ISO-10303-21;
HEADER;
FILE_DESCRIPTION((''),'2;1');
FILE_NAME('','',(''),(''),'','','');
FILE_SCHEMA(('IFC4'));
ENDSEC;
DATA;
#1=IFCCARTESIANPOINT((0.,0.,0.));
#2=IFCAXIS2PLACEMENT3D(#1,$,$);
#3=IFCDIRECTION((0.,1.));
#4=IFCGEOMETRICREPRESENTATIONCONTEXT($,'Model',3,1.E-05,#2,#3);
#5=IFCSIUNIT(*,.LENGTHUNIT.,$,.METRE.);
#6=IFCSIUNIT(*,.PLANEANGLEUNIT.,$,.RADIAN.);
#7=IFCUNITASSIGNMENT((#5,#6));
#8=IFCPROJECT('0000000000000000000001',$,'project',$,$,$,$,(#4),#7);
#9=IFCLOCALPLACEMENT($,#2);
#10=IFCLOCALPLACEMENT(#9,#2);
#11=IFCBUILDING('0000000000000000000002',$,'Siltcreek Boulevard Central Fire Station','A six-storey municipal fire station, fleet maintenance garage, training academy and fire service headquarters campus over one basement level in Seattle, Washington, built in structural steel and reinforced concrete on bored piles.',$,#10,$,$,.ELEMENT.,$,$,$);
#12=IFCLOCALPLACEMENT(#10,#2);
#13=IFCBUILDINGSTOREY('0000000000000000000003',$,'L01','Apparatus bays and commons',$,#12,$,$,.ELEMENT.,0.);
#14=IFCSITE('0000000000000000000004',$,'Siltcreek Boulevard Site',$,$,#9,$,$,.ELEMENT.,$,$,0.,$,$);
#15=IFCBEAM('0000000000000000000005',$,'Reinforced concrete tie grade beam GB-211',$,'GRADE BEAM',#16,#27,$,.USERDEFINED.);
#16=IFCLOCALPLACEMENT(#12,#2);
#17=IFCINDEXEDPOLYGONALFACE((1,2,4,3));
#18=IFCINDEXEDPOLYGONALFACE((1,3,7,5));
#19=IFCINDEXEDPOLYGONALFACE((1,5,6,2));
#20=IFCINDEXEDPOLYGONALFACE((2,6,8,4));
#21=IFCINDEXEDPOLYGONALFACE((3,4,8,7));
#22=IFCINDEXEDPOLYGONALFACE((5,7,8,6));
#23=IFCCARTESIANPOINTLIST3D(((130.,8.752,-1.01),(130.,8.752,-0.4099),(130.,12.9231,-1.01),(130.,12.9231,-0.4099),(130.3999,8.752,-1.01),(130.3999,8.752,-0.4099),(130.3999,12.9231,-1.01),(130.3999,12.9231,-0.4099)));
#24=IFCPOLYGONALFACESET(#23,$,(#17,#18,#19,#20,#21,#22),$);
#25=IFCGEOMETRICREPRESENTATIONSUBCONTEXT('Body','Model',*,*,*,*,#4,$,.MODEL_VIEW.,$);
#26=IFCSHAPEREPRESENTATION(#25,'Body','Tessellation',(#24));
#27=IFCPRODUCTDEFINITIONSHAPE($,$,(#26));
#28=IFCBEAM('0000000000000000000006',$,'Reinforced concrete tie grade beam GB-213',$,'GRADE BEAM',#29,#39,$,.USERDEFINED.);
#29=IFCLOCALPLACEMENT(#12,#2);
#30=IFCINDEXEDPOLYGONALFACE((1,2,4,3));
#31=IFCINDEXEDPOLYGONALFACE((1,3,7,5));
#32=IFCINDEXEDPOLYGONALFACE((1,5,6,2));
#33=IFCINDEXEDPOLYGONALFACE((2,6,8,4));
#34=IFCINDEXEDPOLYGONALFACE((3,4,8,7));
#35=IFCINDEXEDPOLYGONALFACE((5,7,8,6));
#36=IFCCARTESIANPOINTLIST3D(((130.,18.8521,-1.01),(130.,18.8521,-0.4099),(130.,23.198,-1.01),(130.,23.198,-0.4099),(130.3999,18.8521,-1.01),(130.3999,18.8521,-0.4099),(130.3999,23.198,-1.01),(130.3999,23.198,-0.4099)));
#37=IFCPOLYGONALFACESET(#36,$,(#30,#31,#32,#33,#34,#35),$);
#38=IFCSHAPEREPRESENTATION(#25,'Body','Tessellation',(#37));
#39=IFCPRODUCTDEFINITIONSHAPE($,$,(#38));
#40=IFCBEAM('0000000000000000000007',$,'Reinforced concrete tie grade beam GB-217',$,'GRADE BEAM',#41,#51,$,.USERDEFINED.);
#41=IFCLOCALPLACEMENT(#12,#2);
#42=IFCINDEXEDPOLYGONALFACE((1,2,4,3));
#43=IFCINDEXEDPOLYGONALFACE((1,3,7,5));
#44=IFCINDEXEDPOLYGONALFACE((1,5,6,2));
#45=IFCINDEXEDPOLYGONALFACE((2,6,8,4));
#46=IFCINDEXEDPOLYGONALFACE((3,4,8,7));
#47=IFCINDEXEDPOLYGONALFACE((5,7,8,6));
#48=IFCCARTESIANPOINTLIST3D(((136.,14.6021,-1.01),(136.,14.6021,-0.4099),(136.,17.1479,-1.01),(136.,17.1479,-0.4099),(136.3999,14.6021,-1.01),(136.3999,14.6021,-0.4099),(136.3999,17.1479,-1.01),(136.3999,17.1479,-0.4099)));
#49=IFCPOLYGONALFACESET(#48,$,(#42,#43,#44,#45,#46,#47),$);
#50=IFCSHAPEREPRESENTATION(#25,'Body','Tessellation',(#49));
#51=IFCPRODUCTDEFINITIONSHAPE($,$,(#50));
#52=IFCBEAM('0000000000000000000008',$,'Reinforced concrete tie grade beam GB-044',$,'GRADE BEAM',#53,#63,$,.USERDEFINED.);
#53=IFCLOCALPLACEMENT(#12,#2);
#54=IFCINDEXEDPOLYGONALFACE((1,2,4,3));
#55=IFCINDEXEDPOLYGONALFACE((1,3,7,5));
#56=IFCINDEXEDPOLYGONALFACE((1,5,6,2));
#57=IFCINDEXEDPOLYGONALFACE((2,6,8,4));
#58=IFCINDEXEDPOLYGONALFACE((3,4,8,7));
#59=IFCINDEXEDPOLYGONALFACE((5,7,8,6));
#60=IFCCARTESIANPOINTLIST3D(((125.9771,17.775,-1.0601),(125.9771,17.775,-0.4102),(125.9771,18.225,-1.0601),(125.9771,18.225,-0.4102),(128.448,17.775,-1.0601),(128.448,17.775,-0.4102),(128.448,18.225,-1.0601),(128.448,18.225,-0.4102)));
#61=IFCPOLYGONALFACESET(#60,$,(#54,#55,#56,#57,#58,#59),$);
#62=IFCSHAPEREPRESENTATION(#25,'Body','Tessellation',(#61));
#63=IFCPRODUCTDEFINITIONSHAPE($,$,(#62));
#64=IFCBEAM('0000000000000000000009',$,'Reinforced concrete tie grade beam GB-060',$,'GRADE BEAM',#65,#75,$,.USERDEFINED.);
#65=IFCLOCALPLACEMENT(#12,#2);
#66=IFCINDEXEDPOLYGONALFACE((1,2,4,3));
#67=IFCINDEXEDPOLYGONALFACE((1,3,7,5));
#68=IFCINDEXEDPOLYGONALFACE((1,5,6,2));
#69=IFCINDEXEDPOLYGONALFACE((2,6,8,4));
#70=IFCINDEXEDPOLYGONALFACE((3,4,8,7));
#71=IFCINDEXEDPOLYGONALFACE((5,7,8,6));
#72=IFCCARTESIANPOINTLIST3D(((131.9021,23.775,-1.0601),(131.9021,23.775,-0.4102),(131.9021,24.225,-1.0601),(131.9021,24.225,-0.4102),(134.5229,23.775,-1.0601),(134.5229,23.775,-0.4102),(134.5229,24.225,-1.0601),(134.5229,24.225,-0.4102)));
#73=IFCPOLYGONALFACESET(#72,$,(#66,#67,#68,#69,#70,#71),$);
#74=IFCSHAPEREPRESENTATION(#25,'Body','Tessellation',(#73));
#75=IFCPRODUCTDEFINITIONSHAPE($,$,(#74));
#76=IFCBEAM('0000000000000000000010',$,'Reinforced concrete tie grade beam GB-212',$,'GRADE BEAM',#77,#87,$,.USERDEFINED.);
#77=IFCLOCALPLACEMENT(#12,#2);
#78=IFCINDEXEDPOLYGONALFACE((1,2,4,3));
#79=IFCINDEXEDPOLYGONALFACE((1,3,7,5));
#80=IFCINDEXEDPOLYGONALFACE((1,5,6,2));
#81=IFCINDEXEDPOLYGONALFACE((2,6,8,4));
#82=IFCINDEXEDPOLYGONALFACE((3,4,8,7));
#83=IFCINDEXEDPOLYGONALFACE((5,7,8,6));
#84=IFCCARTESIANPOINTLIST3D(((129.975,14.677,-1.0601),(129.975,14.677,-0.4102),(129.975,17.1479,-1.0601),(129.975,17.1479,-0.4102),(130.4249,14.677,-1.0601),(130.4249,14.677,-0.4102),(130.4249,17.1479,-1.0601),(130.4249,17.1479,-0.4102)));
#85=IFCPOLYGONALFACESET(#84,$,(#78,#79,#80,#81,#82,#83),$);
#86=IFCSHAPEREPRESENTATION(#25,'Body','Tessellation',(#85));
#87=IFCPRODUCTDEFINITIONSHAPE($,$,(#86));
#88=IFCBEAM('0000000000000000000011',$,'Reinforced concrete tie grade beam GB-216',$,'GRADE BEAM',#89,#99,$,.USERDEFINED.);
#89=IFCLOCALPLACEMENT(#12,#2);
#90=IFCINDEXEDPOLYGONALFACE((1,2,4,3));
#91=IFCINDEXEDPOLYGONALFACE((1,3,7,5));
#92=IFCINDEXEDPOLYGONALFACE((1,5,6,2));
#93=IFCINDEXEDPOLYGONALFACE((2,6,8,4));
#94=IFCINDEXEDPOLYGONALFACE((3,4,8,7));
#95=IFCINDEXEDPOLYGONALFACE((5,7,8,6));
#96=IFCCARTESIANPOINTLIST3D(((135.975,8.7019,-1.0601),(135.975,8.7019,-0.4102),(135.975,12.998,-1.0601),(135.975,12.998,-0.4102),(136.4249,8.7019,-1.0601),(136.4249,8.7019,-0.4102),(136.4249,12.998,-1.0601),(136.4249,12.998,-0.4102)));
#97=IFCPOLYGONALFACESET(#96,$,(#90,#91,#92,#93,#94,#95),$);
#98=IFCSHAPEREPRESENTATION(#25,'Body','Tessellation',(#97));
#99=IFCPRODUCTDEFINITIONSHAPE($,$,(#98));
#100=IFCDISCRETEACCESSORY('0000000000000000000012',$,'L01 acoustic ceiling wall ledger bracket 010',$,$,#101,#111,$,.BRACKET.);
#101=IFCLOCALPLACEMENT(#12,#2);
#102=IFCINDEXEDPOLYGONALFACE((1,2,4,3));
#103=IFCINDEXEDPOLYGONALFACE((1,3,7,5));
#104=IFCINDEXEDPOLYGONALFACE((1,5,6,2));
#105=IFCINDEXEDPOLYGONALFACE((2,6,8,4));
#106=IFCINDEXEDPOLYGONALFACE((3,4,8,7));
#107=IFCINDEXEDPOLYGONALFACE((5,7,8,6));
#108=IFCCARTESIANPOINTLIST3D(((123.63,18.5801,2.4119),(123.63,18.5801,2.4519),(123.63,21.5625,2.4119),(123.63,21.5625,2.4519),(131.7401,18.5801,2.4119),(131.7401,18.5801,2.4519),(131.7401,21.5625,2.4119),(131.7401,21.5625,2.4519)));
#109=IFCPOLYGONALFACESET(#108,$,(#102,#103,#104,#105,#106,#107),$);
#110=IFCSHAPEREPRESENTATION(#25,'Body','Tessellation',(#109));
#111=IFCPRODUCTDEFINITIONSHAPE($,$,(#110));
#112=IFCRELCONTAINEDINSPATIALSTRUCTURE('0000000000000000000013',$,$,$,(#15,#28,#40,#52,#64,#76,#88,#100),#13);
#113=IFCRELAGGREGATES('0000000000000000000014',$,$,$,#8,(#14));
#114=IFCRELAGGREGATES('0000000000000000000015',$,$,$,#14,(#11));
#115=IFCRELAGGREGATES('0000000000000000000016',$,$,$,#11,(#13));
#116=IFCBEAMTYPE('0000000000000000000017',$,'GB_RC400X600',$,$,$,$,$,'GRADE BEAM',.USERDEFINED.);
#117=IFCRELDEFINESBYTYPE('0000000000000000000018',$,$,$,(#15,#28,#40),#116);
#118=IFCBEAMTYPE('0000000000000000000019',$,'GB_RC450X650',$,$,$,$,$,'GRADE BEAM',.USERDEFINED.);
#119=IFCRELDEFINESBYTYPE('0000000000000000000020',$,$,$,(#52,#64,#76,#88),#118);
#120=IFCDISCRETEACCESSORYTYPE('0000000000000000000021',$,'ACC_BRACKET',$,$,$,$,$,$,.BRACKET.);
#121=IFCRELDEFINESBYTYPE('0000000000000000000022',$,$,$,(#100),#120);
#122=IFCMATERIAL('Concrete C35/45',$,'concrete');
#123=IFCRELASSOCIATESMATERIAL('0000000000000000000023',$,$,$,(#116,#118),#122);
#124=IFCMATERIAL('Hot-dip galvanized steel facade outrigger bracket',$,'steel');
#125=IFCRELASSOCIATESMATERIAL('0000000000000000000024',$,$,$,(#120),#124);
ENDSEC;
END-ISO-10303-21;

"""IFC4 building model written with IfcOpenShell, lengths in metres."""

from ifc_helpers import new_model, si_unit, direction, frame, origin, origin_2d, place, context, subcontext, project, spatial, rectangle, extrude, material, material_profile, profile_set, type_object, element, save


model = new_model("IFC4")

# Units and contexts
model_context = context("Model", 3, precision=1e-05, world=origin(), true_north=direction((0.0, 1.0)))
body_context = subcontext(model_context, "Body", "Model", "MODEL_VIEW")
ifc_project = project(units=[si_unit("LENGTHUNIT", "METRE"), si_unit("PLANEANGLEUNIT", "RADIAN")], contexts=[model_context])

# Site, building, storey
site_placement = place(None, origin())
site = spatial("IfcSite", under=ifc_project, at=site_placement, Name="Siltcreek Boulevard Site", CompositionType="ELEMENT", RefElevation=0.0)
building_placement = place(site_placement, origin())
building = spatial("IfcBuilding", under=site, at=building_placement, Name="Siltcreek Boulevard Central Fire Station", Description="A six-storey municipal fire station, fleet maintenance garage, training academy and fire service headquarters campus over one basement level in Seattle, Washington, built in structural steel and reinforced concrete on bored piles.", CompositionType="ELEMENT")
storey_placement = place(building_placement, origin())
storey = spatial("IfcBuildingStorey", under=building, at=storey_placement, Name="L01", Description="Apparatus bays and commons", CompositionType="ELEMENT", Elevation=0.0)

# Shared definitions
ifc_material_1 = material(Name="Concrete C35/45", Category="concrete")

# Beams
ifc_material_profile_1 = material_profile(ifc_material_1, rectangle(XDim=0.3999, YDim=0.6001, at=origin_2d()), Name="RC400X600")
ifc_profile_set_1 = profile_set([ifc_material_profile_1], Name="Concrete C35/45")
beam_type_1 = type_object("IfcBeamType", Name="GB_RC400X600", ElementType="GRADE BEAM", PredefinedType="USERDEFINED", material=ifc_profile_set_1)
beam_1_placement = place(storey_placement, frame((130.2, 8.752, -0.71), z_axis=(0.0, 1.0, 0.0), x_axis=(-1.0, 0.0, 0.0)))
element("IfcBeam", 1, at=beam_1_placement, inside=storey, type_object=beam_type_1, Name="Reinforced concrete tie grade beam GB-211", ObjectType="GRADE BEAM", PredefinedType="USERDEFINED", context=body_context, shape_type="SweptSolid", body=[
    extrude(rectangle(XDim=0.3999, YDim=0.6001, at=origin_2d()), origin(), (0.0, 0.0, 1.0), 4.1711),
])
beam_2_placement = place(storey_placement, frame((130.2, 18.8521, -0.71), z_axis=(0.0, 1.0, 0.0), x_axis=(-1.0, 0.0, 0.0)))
element("IfcBeam", 2, at=beam_2_placement, inside=storey, type_object=beam_type_1, Name="Reinforced concrete tie grade beam GB-213", ObjectType="GRADE BEAM", PredefinedType="USERDEFINED", context=body_context, shape_type="SweptSolid", body=[
    extrude(rectangle(XDim=0.3999, YDim=0.6001, at=origin_2d()), origin(), (0.0, 0.0, 1.0), 4.3459),
])
beam_3_placement = place(storey_placement, frame((136.2, 14.6021, -0.71), z_axis=(0.0, 1.0, 0.0), x_axis=(-1.0, 0.0, 0.0)))
element("IfcBeam", 3, at=beam_3_placement, inside=storey, type_object=beam_type_1, Name="Reinforced concrete tie grade beam GB-217", ObjectType="GRADE BEAM", PredefinedType="USERDEFINED", context=body_context, shape_type="SweptSolid", body=[
    extrude(rectangle(XDim=0.3999, YDim=0.6001, at=origin_2d()), origin(), (0.0, 0.0, 1.0), 2.5459),
])
ifc_material_profile_2 = material_profile(ifc_material_1, rectangle(XDim=0.45, YDim=0.6499, at=origin_2d()), Name="RC450X650")
ifc_profile_set_2 = profile_set([ifc_material_profile_2], Name="Concrete C35/45")
beam_type_2 = type_object("IfcBeamType", Name="GB_RC450X650", ElementType="GRADE BEAM", PredefinedType="USERDEFINED", material=ifc_profile_set_2)
beam_4_placement = place(storey_placement, frame((125.9771, 18.0, -0.7351), z_axis=(1.0, 0.0, 0.0), x_axis=(0.0, 1.0, 0.0)))
element("IfcBeam", 4, at=beam_4_placement, inside=storey, type_object=beam_type_2, Name="Reinforced concrete tie grade beam GB-044", ObjectType="GRADE BEAM", PredefinedType="USERDEFINED", context=body_context, shape_type="SweptSolid", body=[
    extrude(rectangle(XDim=0.45, YDim=0.6499, at=origin_2d()), origin(), (0.0, 0.0, 1.0), 2.4709),
])
beam_5_placement = place(storey_placement, frame((131.9021, 24.0, -0.7351), z_axis=(1.0, 0.0, 0.0), x_axis=(0.0, 1.0, 0.0)))
element("IfcBeam", 5, at=beam_5_placement, inside=storey, type_object=beam_type_2, Name="Reinforced concrete tie grade beam GB-060", ObjectType="GRADE BEAM", PredefinedType="USERDEFINED", context=body_context, shape_type="SweptSolid", body=[
    extrude(rectangle(XDim=0.45, YDim=0.6499, at=origin_2d()), origin(), (0.0, 0.0, 1.0), 2.6208),
])
beam_6_placement = place(storey_placement, frame((130.2, 14.677, -0.7351), z_axis=(0.0, 1.0, 0.0), x_axis=(-1.0, 0.0, 0.0)))
element("IfcBeam", 6, at=beam_6_placement, inside=storey, type_object=beam_type_2, Name="Reinforced concrete tie grade beam GB-212", ObjectType="GRADE BEAM", PredefinedType="USERDEFINED", context=body_context, shape_type="SweptSolid", body=[
    extrude(rectangle(XDim=0.45, YDim=0.6499, at=origin_2d()), origin(), (0.0, 0.0, 1.0), 2.4709),
])
beam_7_placement = place(storey_placement, frame((136.2, 8.7019, -0.7351), z_axis=(0.0, 1.0, 0.0), x_axis=(-1.0, 0.0, 0.0)))
element("IfcBeam", 7, at=beam_7_placement, inside=storey, type_object=beam_type_2, Name="Reinforced concrete tie grade beam GB-216", ObjectType="GRADE BEAM", PredefinedType="USERDEFINED", context=body_context, shape_type="SweptSolid", body=[
    extrude(rectangle(XDim=0.45, YDim=0.6499, at=origin_2d()), origin(), (0.0, 0.0, 1.0), 4.2961),
])

# Discrete accessory
ifc_material_2 = material(Name="Hot-dip galvanized steel facade outrigger bracket", Category="steel")
discrete_accessory_type = type_object("IfcDiscreteAccessoryType", Name="ACC_BRACKET", PredefinedType="BRACKET", material=ifc_material_2)
discrete_accessory_placement = place(storey_placement, frame((127.6851, 20.0713, 2.4119), z_axis=(0.0, 0.0, 1.0), x_axis=(1.0, 0.0, 0.0)))
element("IfcDiscreteAccessory", 8, at=discrete_accessory_placement, inside=storey, type_object=discrete_accessory_type, Name="L01 acoustic ceiling wall ledger bracket 010", PredefinedType="BRACKET", context=body_context, shape_type="SweptSolid", body=[
    extrude(rectangle(XDim=8.1101, YDim=2.9824, at=origin_2d()), origin(), (0.0, 0.0, 1.0), 0.04),
])

save(model, "model.ifc")
